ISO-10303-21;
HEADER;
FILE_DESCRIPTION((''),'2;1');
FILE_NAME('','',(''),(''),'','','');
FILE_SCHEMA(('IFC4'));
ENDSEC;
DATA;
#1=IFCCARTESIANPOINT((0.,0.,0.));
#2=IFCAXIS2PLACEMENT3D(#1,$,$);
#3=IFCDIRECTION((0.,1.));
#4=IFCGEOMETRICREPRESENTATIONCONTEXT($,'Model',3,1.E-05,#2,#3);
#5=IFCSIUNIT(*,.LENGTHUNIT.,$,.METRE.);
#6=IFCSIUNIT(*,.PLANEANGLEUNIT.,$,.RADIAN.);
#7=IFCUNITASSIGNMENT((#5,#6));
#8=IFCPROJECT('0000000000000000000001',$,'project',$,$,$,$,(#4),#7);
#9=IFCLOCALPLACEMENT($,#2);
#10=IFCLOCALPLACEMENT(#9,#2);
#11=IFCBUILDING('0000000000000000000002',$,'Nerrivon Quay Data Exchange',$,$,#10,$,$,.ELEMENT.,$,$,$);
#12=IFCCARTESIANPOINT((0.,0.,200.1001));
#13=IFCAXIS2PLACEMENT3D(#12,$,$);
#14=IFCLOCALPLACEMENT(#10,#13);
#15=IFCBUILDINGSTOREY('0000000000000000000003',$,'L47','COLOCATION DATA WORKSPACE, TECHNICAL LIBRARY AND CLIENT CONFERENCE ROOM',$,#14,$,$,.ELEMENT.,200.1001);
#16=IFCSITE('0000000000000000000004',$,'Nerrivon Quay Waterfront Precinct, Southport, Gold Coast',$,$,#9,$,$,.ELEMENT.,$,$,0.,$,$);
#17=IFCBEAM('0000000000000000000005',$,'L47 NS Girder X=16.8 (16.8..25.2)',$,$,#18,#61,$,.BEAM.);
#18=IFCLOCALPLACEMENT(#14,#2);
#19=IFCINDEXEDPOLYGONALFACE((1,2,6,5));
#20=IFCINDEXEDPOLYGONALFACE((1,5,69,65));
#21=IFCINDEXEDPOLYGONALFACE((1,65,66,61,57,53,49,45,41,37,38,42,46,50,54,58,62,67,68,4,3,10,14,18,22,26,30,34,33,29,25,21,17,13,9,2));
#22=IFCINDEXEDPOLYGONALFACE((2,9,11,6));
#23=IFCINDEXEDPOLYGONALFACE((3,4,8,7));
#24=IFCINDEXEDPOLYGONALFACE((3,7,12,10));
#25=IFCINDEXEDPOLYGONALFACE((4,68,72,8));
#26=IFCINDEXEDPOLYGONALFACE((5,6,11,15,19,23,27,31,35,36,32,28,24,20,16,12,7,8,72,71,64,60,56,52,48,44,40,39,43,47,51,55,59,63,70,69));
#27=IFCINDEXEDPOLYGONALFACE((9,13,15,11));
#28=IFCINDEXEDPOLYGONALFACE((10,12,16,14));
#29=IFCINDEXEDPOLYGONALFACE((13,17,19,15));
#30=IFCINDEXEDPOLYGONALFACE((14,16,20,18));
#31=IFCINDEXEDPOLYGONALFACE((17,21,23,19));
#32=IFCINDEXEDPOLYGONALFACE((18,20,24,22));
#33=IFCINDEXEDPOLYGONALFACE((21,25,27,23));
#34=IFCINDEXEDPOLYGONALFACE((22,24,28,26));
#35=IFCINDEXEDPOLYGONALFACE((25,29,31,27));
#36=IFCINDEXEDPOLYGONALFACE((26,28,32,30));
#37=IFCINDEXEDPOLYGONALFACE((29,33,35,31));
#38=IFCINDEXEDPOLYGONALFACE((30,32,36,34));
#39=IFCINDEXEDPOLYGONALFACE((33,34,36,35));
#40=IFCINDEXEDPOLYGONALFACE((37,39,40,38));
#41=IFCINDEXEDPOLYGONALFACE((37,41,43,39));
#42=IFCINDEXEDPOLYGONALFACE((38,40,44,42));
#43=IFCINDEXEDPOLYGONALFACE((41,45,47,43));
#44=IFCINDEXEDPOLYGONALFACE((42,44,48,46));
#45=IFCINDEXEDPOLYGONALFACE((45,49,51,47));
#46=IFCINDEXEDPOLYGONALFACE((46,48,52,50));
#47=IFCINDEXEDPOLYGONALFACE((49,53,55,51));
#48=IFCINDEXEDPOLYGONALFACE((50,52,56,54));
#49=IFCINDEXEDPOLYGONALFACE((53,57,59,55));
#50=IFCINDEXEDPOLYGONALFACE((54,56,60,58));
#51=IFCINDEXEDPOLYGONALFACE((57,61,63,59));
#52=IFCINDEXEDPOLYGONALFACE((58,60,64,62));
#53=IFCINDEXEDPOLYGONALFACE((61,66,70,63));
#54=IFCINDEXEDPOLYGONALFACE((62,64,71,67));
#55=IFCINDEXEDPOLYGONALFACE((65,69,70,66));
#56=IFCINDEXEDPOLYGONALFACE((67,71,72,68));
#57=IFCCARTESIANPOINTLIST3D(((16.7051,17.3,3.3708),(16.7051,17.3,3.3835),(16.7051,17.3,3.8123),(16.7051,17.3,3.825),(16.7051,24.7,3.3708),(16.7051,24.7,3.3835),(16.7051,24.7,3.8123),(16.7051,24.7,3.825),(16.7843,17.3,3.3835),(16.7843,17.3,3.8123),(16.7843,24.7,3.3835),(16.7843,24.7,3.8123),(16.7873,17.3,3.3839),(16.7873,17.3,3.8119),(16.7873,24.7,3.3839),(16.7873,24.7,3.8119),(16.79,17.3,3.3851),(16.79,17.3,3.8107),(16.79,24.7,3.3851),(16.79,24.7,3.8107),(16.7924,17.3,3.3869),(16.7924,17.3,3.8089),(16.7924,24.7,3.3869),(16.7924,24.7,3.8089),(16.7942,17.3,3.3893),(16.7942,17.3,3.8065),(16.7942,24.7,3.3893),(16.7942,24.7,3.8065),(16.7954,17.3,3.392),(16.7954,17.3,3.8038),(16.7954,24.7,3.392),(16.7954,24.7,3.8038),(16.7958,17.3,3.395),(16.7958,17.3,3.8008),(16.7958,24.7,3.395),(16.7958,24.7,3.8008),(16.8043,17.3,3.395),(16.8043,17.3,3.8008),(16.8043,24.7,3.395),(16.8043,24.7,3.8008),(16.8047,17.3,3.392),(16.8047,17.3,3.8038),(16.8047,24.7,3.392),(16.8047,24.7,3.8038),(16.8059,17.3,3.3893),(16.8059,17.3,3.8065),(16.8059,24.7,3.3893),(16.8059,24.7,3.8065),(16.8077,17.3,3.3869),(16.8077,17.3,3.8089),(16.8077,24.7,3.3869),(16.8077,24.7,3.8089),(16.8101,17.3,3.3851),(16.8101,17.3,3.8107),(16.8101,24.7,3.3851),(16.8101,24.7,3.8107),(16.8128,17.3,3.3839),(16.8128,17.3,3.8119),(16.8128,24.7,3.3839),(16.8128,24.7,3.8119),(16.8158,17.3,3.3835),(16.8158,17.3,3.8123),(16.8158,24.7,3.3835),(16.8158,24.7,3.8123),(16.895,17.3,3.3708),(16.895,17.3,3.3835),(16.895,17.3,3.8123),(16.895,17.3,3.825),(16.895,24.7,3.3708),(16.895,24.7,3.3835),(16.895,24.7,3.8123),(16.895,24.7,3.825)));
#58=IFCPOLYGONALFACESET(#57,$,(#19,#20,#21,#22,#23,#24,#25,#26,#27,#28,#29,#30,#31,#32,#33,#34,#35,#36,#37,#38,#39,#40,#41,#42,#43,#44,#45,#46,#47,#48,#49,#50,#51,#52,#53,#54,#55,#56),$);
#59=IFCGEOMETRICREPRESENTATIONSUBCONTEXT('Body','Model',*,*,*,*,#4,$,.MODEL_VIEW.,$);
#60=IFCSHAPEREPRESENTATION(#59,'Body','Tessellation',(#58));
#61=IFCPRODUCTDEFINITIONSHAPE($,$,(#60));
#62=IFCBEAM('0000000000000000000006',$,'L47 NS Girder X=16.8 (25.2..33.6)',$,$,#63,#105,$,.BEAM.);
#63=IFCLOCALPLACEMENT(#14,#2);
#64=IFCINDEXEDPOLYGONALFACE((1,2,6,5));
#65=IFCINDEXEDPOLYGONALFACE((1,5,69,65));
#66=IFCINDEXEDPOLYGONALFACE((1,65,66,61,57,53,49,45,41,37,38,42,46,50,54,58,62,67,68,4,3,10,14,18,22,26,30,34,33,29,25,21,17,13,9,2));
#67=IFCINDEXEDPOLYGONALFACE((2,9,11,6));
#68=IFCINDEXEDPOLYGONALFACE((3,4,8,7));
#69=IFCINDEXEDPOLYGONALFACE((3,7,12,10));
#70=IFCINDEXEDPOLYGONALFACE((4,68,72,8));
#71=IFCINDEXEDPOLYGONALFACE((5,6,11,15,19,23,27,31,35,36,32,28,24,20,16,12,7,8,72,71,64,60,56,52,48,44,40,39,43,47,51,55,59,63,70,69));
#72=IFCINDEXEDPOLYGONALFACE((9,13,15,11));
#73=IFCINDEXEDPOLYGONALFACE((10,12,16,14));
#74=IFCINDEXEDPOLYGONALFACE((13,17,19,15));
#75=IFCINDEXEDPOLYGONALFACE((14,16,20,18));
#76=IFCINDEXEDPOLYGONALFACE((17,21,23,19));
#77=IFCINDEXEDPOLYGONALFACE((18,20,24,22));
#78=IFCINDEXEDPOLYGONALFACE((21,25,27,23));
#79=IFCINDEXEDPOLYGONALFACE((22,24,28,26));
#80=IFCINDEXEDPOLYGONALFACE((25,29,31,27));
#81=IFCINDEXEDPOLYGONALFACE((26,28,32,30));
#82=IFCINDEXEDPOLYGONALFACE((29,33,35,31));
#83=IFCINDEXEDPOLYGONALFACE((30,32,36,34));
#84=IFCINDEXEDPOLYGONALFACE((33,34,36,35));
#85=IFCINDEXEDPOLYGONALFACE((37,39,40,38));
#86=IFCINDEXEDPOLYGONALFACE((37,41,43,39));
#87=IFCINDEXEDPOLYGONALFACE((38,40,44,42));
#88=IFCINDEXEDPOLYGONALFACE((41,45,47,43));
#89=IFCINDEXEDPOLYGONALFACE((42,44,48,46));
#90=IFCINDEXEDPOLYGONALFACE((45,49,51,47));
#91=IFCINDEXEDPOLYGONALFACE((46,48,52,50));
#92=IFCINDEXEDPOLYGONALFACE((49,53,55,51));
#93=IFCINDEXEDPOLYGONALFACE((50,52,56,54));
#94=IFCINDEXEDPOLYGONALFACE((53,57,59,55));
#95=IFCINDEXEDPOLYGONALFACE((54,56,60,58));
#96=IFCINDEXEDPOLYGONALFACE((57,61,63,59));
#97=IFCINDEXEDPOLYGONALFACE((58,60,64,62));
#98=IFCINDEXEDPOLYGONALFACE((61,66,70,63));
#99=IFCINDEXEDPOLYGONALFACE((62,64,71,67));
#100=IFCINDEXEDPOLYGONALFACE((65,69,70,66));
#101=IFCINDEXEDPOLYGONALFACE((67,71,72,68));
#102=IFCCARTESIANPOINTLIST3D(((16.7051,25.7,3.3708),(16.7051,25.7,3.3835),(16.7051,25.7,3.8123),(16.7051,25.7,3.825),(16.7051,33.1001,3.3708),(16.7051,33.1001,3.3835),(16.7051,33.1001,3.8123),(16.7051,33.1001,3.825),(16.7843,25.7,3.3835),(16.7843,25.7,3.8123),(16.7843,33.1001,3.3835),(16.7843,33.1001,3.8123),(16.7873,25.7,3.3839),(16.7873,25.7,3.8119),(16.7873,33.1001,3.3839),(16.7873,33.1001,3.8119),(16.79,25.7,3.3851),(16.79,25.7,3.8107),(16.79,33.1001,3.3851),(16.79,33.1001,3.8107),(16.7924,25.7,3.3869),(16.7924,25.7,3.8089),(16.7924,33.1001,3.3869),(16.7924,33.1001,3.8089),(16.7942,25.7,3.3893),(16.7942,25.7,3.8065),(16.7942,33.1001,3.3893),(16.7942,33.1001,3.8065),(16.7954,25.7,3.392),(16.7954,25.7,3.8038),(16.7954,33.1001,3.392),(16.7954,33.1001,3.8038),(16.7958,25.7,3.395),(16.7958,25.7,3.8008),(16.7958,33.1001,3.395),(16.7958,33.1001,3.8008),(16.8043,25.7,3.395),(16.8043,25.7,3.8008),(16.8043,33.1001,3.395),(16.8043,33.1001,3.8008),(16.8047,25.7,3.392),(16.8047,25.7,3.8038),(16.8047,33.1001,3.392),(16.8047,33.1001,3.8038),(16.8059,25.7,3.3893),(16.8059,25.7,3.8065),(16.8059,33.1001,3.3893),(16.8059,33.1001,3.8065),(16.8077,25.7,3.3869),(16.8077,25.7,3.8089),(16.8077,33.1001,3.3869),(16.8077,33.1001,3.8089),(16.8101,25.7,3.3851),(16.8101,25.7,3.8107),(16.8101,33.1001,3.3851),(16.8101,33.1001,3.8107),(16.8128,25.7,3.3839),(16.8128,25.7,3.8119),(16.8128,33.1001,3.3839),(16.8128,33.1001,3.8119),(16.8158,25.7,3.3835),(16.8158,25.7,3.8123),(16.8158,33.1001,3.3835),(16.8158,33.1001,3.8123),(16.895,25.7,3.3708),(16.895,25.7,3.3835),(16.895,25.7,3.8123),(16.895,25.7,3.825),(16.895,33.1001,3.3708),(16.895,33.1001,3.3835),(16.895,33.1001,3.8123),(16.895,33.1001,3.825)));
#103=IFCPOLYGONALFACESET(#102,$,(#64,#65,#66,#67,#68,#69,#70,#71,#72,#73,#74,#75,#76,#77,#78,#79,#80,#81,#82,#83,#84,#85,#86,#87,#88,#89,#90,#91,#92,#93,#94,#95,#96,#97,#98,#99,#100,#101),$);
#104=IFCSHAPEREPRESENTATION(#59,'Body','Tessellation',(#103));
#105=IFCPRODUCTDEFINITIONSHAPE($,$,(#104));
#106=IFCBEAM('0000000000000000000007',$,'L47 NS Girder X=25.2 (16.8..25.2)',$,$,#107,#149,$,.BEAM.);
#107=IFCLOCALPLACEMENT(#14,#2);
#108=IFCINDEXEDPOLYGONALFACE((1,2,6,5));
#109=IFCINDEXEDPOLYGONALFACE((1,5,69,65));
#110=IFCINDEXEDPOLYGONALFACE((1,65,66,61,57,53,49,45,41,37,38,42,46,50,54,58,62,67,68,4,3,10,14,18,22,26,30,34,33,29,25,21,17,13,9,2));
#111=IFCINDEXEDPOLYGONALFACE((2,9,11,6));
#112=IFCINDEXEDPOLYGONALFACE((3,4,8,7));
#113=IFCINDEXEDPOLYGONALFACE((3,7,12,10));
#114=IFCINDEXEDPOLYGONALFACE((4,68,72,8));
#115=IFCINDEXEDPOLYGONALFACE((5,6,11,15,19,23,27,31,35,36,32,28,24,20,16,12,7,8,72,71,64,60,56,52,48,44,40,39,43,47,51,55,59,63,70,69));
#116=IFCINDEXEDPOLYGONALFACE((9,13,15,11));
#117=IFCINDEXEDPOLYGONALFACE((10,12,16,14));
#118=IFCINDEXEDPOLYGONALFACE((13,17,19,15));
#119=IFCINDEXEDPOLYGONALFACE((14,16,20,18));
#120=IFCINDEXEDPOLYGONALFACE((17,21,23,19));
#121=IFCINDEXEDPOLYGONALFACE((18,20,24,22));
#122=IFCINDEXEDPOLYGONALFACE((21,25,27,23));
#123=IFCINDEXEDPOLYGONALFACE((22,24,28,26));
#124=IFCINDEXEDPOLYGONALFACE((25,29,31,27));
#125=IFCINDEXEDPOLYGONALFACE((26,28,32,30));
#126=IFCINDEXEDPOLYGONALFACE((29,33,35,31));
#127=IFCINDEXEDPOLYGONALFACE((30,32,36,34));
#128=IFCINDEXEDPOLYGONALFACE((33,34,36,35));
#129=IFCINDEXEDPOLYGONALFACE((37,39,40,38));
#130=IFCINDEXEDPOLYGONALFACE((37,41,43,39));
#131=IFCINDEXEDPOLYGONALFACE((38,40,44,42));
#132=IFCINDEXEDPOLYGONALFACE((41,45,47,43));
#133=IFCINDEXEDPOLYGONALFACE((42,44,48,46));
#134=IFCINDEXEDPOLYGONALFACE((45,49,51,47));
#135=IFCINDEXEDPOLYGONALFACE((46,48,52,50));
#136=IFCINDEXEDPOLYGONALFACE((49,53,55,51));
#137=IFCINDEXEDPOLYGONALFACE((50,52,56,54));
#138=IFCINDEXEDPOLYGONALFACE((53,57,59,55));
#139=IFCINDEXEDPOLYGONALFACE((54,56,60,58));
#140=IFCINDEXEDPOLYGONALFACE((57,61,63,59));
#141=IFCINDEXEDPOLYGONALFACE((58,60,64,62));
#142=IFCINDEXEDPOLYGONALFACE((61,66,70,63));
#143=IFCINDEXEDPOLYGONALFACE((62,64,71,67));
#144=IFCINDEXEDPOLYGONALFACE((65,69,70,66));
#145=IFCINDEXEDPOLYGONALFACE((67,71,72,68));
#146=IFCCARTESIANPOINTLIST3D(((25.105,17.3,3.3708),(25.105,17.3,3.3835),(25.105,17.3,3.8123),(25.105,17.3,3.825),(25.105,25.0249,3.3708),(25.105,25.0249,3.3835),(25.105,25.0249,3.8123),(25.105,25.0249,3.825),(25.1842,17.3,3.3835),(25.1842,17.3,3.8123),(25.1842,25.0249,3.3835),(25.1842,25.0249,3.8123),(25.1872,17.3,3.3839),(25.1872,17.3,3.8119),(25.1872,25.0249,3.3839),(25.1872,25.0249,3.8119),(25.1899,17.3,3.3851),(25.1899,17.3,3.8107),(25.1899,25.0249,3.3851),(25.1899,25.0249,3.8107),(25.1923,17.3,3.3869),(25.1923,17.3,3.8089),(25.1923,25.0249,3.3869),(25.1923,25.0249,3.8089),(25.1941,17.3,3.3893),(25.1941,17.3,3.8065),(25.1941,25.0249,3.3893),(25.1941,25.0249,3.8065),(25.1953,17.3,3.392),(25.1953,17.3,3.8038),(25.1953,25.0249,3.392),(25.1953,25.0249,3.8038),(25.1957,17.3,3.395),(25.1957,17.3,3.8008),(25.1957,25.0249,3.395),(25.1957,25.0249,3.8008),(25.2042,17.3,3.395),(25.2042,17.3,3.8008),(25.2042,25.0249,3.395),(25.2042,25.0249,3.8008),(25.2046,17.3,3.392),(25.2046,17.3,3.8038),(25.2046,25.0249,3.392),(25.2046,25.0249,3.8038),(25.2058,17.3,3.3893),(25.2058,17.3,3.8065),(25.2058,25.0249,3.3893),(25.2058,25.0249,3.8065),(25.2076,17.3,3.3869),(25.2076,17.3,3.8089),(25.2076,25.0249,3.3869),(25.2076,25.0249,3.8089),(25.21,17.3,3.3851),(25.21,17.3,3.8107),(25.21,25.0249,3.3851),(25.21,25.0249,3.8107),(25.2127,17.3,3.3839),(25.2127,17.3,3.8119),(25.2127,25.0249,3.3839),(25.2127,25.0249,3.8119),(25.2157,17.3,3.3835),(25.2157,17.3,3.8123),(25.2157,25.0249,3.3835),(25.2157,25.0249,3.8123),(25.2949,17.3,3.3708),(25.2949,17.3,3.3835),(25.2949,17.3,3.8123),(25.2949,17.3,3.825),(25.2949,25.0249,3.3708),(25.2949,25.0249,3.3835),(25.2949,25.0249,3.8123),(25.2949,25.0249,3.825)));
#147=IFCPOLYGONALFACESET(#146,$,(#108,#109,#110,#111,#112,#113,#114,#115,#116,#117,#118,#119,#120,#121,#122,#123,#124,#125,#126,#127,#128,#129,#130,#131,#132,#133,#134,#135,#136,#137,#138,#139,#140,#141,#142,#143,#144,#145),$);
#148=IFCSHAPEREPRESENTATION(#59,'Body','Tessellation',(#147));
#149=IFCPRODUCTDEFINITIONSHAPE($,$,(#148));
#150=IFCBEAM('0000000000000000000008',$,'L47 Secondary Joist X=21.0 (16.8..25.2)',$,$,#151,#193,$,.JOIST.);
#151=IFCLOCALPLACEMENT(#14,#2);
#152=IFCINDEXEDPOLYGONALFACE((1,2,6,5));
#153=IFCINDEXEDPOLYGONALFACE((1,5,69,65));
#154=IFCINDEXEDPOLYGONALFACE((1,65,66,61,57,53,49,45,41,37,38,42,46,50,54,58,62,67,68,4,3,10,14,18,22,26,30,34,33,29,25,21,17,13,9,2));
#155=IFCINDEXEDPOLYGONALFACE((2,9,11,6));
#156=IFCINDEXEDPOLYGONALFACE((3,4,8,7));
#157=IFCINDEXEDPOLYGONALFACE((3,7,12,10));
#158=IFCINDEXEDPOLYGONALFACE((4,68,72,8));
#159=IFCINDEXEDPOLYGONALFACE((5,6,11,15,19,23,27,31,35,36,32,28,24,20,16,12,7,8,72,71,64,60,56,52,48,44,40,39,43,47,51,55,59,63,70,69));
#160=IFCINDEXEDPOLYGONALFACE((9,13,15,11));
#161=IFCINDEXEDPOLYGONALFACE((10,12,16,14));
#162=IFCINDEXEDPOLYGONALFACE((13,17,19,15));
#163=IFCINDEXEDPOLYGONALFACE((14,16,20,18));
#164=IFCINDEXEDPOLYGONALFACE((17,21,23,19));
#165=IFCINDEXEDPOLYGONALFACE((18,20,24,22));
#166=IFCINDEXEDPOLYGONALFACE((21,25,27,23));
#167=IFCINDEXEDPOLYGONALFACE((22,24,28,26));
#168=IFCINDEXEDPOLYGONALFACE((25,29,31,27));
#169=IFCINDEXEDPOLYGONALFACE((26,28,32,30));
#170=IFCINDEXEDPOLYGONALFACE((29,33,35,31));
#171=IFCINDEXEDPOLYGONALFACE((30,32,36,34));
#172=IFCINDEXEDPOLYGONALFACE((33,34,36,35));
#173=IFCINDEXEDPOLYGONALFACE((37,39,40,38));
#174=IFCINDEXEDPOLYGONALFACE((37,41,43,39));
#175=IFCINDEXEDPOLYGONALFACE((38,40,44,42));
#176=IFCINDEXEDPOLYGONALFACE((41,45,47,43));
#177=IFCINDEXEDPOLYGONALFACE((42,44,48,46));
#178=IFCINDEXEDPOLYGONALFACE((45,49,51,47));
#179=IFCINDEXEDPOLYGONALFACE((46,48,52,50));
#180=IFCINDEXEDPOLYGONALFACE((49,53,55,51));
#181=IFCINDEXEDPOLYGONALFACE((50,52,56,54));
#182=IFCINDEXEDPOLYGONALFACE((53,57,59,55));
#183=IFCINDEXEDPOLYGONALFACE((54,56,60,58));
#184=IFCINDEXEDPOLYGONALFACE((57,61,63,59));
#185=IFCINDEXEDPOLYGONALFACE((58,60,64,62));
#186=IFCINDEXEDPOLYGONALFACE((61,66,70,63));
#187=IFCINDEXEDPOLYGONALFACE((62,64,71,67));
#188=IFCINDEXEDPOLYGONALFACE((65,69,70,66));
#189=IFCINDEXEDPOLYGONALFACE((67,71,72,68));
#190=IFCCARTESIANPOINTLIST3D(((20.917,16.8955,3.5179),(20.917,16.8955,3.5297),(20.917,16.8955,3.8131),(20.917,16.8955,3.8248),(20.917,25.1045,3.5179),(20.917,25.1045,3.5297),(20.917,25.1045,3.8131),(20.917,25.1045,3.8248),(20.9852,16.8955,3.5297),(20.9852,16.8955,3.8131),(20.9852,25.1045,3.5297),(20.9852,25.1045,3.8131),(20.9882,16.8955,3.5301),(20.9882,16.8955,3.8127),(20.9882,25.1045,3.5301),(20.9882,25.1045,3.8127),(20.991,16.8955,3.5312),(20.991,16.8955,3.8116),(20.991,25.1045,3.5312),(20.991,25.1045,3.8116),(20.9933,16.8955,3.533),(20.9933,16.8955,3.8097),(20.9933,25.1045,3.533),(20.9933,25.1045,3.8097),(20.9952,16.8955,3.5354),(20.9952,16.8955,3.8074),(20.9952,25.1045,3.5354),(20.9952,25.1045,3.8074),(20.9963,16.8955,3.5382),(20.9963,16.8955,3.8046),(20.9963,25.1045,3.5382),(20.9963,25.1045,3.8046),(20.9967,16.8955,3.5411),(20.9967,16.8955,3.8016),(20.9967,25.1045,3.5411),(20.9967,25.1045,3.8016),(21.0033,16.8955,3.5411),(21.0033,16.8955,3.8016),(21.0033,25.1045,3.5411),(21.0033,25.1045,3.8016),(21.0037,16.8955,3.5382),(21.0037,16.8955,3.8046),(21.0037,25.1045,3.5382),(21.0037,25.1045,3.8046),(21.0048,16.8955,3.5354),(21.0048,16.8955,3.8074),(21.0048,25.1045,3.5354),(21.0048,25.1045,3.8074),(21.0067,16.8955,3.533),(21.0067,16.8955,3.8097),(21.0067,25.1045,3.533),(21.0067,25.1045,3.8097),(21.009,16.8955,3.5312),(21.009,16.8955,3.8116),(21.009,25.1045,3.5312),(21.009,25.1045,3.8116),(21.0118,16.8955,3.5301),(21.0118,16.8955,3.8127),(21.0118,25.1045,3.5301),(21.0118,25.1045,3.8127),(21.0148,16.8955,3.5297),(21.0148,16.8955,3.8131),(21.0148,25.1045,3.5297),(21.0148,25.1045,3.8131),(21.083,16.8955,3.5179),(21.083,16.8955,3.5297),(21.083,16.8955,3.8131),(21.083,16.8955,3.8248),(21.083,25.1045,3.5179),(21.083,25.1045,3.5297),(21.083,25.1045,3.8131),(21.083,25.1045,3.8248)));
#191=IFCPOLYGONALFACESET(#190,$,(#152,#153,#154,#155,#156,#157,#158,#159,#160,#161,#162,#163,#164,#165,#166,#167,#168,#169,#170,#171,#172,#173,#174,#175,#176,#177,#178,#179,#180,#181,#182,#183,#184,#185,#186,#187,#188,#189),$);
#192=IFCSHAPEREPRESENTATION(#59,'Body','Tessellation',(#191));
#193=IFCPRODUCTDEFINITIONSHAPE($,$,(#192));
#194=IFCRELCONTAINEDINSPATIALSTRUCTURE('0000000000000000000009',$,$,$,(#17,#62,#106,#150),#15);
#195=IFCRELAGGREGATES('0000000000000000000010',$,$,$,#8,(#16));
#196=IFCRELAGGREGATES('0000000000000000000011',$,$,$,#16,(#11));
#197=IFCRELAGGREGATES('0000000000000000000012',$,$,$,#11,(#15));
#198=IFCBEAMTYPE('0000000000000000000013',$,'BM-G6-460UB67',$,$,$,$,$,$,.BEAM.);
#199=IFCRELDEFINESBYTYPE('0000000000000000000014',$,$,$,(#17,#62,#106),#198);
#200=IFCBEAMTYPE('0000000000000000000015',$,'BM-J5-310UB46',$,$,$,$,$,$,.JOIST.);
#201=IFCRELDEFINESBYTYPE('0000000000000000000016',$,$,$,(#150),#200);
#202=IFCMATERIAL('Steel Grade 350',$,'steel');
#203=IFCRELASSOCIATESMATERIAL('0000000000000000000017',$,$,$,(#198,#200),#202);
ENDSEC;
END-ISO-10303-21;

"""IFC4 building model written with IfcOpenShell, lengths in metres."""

from ifc_helpers import new_model, si_unit, direction, frame, origin, origin_2d, place, context, subcontext, project, spatial, i_section, extrude, material, material_profile, profile_set, type_object, element, save


model = new_model("IFC4")

# Units and contexts
model_context = context("Model", 3, precision=1e-05, world=origin(), true_north=direction((0.0, 1.0)))
body_context = subcontext(model_context, "Body", "Model", "MODEL_VIEW")
ifc_project = project(units=[si_unit("LENGTHUNIT", "METRE"), si_unit("PLANEANGLEUNIT", "RADIAN")], contexts=[model_context])

# Site, building, storey
site_placement = place(None, origin())
site = spatial("IfcSite", under=ifc_project, at=site_placement, Name="Nerrivon Quay Waterfront Precinct, Southport, Gold Coast", CompositionType="ELEMENT", RefElevation=0.0)
building_placement = place(site_placement, origin())
building = spatial("IfcBuilding", under=site, at=building_placement, Name="Nerrivon Quay Data Exchange", CompositionType="ELEMENT")
storey_placement = place(building_placement, frame((0.0, 0.0, 200.1001)))
storey = spatial("IfcBuildingStorey", under=building, at=storey_placement, Name="L47", Description="COLOCATION DATA WORKSPACE, TECHNICAL LIBRARY AND CLIENT CONFERENCE ROOM", CompositionType="ELEMENT", Elevation=200.1001)

# Shared definitions
ifc_material_1 = material(Name="Steel Grade 350", Category="steel")

# Beams
ifc_material_profile_1 = material_profile(ifc_material_1, i_section(OverallWidth=0.1899, OverallDepth=0.4541, WebThickness=0.0085, FlangeThickness=0.0127, FilletRadius=0.0115, at=origin_2d()), Name="460UB67.1")
ifc_profile_set_1 = profile_set([ifc_material_profile_1], Name="Steel Grade 350")
beam_type_1 = type_object("IfcBeamType", Name="BM-G6-460UB67", PredefinedType="BEAM", material=ifc_profile_set_1)
beam_1_placement = place(storey_placement, frame((16.8, 17.3, 3.5979), z_axis=(0.0, 1.0, 0.0), x_axis=(-1.0, 0.0, 0.0)))
element("IfcBeam", 1, at=beam_1_placement, inside=storey, type_object=beam_type_1, Name="L47 NS Girder X=16.8 (16.8..25.2)", PredefinedType="BEAM", context=body_context, shape_type="SweptSolid", body=[
    extrude(i_section(OverallWidth=0.1899, OverallDepth=0.4541, WebThickness=0.0085, FlangeThickness=0.0127, FilletRadius=0.0115, at=origin_2d()), origin(), (0.0, 0.0, 1.0), 7.3999),
])
beam_2_placement = place(storey_placement, frame((16.8, 25.7, 3.5979), z_axis=(0.0, 1.0, 0.0), x_axis=(-1.0, 0.0, 0.0)))
element("IfcBeam", 2, at=beam_2_placement, inside=storey, type_object=beam_type_1, Name="L47 NS Girder X=16.8 (25.2..33.6)", PredefinedType="BEAM", context=body_context, shape_type="SweptSolid", body=[
    extrude(i_section(OverallWidth=0.1899, OverallDepth=0.4541, WebThickness=0.0085, FlangeThickness=0.0127, FilletRadius=0.0115, at=origin_2d()), origin(), (0.0, 0.0, 1.0), 7.4001),
])
beam_3_placement = place(storey_placement, frame((25.2, 17.3, 3.5979), z_axis=(0.0, 1.0, 0.0), x_axis=(-1.0, 0.0, 0.0)))
element("IfcBeam", 3, at=beam_3_placement, inside=storey, type_object=beam_type_1, Name="L47 NS Girder X=25.2 (16.8..25.2)", PredefinedType="BEAM", context=body_context, shape_type="SweptSolid", body=[
    extrude(i_section(OverallWidth=0.1899, OverallDepth=0.4541, WebThickness=0.0085, FlangeThickness=0.0127, FilletRadius=0.0115, at=origin_2d()), origin(), (0.0, 0.0, 1.0), 7.7249),
])
ifc_material_profile_2 = material_profile(ifc_material_1, i_section(OverallWidth=0.166, OverallDepth=0.3069, WebThickness=0.0066, FlangeThickness=0.0117, FilletRadius=0.0115, at=origin_2d()), Name="310UB46.2")
ifc_profile_set_2 = profile_set([ifc_material_profile_2], Name="Steel Grade 350")
beam_type_2 = type_object("IfcBeamType", Name="BM-J5-310UB46", PredefinedType="JOIST", material=ifc_profile_set_2)
for number, where, z_axis, x_axis, name in (
    (4, (21.0, 16.8955, 3.6714), (0.0, 1.0, 0.0), (-1.0, 0.0, 0.0), "L47 Secondary Joist X=21.0 (16.8..25.2)"),
):
    element("IfcBeam", number, at=place(storey_placement, frame(where, z_axis=z_axis, x_axis=x_axis)), inside=storey, type_object=beam_type_2, Name=name, PredefinedType="JOIST", context=body_context, shape_type="SweptSolid", body=[
        extrude(i_section(OverallWidth=0.166, OverallDepth=0.3069, WebThickness=0.0066, FlangeThickness=0.0117, FilletRadius=0.0115, at=origin_2d()), origin(), (0.0, 0.0, 1.0), 8.209),
    ])

save(model, "model.ifc")
